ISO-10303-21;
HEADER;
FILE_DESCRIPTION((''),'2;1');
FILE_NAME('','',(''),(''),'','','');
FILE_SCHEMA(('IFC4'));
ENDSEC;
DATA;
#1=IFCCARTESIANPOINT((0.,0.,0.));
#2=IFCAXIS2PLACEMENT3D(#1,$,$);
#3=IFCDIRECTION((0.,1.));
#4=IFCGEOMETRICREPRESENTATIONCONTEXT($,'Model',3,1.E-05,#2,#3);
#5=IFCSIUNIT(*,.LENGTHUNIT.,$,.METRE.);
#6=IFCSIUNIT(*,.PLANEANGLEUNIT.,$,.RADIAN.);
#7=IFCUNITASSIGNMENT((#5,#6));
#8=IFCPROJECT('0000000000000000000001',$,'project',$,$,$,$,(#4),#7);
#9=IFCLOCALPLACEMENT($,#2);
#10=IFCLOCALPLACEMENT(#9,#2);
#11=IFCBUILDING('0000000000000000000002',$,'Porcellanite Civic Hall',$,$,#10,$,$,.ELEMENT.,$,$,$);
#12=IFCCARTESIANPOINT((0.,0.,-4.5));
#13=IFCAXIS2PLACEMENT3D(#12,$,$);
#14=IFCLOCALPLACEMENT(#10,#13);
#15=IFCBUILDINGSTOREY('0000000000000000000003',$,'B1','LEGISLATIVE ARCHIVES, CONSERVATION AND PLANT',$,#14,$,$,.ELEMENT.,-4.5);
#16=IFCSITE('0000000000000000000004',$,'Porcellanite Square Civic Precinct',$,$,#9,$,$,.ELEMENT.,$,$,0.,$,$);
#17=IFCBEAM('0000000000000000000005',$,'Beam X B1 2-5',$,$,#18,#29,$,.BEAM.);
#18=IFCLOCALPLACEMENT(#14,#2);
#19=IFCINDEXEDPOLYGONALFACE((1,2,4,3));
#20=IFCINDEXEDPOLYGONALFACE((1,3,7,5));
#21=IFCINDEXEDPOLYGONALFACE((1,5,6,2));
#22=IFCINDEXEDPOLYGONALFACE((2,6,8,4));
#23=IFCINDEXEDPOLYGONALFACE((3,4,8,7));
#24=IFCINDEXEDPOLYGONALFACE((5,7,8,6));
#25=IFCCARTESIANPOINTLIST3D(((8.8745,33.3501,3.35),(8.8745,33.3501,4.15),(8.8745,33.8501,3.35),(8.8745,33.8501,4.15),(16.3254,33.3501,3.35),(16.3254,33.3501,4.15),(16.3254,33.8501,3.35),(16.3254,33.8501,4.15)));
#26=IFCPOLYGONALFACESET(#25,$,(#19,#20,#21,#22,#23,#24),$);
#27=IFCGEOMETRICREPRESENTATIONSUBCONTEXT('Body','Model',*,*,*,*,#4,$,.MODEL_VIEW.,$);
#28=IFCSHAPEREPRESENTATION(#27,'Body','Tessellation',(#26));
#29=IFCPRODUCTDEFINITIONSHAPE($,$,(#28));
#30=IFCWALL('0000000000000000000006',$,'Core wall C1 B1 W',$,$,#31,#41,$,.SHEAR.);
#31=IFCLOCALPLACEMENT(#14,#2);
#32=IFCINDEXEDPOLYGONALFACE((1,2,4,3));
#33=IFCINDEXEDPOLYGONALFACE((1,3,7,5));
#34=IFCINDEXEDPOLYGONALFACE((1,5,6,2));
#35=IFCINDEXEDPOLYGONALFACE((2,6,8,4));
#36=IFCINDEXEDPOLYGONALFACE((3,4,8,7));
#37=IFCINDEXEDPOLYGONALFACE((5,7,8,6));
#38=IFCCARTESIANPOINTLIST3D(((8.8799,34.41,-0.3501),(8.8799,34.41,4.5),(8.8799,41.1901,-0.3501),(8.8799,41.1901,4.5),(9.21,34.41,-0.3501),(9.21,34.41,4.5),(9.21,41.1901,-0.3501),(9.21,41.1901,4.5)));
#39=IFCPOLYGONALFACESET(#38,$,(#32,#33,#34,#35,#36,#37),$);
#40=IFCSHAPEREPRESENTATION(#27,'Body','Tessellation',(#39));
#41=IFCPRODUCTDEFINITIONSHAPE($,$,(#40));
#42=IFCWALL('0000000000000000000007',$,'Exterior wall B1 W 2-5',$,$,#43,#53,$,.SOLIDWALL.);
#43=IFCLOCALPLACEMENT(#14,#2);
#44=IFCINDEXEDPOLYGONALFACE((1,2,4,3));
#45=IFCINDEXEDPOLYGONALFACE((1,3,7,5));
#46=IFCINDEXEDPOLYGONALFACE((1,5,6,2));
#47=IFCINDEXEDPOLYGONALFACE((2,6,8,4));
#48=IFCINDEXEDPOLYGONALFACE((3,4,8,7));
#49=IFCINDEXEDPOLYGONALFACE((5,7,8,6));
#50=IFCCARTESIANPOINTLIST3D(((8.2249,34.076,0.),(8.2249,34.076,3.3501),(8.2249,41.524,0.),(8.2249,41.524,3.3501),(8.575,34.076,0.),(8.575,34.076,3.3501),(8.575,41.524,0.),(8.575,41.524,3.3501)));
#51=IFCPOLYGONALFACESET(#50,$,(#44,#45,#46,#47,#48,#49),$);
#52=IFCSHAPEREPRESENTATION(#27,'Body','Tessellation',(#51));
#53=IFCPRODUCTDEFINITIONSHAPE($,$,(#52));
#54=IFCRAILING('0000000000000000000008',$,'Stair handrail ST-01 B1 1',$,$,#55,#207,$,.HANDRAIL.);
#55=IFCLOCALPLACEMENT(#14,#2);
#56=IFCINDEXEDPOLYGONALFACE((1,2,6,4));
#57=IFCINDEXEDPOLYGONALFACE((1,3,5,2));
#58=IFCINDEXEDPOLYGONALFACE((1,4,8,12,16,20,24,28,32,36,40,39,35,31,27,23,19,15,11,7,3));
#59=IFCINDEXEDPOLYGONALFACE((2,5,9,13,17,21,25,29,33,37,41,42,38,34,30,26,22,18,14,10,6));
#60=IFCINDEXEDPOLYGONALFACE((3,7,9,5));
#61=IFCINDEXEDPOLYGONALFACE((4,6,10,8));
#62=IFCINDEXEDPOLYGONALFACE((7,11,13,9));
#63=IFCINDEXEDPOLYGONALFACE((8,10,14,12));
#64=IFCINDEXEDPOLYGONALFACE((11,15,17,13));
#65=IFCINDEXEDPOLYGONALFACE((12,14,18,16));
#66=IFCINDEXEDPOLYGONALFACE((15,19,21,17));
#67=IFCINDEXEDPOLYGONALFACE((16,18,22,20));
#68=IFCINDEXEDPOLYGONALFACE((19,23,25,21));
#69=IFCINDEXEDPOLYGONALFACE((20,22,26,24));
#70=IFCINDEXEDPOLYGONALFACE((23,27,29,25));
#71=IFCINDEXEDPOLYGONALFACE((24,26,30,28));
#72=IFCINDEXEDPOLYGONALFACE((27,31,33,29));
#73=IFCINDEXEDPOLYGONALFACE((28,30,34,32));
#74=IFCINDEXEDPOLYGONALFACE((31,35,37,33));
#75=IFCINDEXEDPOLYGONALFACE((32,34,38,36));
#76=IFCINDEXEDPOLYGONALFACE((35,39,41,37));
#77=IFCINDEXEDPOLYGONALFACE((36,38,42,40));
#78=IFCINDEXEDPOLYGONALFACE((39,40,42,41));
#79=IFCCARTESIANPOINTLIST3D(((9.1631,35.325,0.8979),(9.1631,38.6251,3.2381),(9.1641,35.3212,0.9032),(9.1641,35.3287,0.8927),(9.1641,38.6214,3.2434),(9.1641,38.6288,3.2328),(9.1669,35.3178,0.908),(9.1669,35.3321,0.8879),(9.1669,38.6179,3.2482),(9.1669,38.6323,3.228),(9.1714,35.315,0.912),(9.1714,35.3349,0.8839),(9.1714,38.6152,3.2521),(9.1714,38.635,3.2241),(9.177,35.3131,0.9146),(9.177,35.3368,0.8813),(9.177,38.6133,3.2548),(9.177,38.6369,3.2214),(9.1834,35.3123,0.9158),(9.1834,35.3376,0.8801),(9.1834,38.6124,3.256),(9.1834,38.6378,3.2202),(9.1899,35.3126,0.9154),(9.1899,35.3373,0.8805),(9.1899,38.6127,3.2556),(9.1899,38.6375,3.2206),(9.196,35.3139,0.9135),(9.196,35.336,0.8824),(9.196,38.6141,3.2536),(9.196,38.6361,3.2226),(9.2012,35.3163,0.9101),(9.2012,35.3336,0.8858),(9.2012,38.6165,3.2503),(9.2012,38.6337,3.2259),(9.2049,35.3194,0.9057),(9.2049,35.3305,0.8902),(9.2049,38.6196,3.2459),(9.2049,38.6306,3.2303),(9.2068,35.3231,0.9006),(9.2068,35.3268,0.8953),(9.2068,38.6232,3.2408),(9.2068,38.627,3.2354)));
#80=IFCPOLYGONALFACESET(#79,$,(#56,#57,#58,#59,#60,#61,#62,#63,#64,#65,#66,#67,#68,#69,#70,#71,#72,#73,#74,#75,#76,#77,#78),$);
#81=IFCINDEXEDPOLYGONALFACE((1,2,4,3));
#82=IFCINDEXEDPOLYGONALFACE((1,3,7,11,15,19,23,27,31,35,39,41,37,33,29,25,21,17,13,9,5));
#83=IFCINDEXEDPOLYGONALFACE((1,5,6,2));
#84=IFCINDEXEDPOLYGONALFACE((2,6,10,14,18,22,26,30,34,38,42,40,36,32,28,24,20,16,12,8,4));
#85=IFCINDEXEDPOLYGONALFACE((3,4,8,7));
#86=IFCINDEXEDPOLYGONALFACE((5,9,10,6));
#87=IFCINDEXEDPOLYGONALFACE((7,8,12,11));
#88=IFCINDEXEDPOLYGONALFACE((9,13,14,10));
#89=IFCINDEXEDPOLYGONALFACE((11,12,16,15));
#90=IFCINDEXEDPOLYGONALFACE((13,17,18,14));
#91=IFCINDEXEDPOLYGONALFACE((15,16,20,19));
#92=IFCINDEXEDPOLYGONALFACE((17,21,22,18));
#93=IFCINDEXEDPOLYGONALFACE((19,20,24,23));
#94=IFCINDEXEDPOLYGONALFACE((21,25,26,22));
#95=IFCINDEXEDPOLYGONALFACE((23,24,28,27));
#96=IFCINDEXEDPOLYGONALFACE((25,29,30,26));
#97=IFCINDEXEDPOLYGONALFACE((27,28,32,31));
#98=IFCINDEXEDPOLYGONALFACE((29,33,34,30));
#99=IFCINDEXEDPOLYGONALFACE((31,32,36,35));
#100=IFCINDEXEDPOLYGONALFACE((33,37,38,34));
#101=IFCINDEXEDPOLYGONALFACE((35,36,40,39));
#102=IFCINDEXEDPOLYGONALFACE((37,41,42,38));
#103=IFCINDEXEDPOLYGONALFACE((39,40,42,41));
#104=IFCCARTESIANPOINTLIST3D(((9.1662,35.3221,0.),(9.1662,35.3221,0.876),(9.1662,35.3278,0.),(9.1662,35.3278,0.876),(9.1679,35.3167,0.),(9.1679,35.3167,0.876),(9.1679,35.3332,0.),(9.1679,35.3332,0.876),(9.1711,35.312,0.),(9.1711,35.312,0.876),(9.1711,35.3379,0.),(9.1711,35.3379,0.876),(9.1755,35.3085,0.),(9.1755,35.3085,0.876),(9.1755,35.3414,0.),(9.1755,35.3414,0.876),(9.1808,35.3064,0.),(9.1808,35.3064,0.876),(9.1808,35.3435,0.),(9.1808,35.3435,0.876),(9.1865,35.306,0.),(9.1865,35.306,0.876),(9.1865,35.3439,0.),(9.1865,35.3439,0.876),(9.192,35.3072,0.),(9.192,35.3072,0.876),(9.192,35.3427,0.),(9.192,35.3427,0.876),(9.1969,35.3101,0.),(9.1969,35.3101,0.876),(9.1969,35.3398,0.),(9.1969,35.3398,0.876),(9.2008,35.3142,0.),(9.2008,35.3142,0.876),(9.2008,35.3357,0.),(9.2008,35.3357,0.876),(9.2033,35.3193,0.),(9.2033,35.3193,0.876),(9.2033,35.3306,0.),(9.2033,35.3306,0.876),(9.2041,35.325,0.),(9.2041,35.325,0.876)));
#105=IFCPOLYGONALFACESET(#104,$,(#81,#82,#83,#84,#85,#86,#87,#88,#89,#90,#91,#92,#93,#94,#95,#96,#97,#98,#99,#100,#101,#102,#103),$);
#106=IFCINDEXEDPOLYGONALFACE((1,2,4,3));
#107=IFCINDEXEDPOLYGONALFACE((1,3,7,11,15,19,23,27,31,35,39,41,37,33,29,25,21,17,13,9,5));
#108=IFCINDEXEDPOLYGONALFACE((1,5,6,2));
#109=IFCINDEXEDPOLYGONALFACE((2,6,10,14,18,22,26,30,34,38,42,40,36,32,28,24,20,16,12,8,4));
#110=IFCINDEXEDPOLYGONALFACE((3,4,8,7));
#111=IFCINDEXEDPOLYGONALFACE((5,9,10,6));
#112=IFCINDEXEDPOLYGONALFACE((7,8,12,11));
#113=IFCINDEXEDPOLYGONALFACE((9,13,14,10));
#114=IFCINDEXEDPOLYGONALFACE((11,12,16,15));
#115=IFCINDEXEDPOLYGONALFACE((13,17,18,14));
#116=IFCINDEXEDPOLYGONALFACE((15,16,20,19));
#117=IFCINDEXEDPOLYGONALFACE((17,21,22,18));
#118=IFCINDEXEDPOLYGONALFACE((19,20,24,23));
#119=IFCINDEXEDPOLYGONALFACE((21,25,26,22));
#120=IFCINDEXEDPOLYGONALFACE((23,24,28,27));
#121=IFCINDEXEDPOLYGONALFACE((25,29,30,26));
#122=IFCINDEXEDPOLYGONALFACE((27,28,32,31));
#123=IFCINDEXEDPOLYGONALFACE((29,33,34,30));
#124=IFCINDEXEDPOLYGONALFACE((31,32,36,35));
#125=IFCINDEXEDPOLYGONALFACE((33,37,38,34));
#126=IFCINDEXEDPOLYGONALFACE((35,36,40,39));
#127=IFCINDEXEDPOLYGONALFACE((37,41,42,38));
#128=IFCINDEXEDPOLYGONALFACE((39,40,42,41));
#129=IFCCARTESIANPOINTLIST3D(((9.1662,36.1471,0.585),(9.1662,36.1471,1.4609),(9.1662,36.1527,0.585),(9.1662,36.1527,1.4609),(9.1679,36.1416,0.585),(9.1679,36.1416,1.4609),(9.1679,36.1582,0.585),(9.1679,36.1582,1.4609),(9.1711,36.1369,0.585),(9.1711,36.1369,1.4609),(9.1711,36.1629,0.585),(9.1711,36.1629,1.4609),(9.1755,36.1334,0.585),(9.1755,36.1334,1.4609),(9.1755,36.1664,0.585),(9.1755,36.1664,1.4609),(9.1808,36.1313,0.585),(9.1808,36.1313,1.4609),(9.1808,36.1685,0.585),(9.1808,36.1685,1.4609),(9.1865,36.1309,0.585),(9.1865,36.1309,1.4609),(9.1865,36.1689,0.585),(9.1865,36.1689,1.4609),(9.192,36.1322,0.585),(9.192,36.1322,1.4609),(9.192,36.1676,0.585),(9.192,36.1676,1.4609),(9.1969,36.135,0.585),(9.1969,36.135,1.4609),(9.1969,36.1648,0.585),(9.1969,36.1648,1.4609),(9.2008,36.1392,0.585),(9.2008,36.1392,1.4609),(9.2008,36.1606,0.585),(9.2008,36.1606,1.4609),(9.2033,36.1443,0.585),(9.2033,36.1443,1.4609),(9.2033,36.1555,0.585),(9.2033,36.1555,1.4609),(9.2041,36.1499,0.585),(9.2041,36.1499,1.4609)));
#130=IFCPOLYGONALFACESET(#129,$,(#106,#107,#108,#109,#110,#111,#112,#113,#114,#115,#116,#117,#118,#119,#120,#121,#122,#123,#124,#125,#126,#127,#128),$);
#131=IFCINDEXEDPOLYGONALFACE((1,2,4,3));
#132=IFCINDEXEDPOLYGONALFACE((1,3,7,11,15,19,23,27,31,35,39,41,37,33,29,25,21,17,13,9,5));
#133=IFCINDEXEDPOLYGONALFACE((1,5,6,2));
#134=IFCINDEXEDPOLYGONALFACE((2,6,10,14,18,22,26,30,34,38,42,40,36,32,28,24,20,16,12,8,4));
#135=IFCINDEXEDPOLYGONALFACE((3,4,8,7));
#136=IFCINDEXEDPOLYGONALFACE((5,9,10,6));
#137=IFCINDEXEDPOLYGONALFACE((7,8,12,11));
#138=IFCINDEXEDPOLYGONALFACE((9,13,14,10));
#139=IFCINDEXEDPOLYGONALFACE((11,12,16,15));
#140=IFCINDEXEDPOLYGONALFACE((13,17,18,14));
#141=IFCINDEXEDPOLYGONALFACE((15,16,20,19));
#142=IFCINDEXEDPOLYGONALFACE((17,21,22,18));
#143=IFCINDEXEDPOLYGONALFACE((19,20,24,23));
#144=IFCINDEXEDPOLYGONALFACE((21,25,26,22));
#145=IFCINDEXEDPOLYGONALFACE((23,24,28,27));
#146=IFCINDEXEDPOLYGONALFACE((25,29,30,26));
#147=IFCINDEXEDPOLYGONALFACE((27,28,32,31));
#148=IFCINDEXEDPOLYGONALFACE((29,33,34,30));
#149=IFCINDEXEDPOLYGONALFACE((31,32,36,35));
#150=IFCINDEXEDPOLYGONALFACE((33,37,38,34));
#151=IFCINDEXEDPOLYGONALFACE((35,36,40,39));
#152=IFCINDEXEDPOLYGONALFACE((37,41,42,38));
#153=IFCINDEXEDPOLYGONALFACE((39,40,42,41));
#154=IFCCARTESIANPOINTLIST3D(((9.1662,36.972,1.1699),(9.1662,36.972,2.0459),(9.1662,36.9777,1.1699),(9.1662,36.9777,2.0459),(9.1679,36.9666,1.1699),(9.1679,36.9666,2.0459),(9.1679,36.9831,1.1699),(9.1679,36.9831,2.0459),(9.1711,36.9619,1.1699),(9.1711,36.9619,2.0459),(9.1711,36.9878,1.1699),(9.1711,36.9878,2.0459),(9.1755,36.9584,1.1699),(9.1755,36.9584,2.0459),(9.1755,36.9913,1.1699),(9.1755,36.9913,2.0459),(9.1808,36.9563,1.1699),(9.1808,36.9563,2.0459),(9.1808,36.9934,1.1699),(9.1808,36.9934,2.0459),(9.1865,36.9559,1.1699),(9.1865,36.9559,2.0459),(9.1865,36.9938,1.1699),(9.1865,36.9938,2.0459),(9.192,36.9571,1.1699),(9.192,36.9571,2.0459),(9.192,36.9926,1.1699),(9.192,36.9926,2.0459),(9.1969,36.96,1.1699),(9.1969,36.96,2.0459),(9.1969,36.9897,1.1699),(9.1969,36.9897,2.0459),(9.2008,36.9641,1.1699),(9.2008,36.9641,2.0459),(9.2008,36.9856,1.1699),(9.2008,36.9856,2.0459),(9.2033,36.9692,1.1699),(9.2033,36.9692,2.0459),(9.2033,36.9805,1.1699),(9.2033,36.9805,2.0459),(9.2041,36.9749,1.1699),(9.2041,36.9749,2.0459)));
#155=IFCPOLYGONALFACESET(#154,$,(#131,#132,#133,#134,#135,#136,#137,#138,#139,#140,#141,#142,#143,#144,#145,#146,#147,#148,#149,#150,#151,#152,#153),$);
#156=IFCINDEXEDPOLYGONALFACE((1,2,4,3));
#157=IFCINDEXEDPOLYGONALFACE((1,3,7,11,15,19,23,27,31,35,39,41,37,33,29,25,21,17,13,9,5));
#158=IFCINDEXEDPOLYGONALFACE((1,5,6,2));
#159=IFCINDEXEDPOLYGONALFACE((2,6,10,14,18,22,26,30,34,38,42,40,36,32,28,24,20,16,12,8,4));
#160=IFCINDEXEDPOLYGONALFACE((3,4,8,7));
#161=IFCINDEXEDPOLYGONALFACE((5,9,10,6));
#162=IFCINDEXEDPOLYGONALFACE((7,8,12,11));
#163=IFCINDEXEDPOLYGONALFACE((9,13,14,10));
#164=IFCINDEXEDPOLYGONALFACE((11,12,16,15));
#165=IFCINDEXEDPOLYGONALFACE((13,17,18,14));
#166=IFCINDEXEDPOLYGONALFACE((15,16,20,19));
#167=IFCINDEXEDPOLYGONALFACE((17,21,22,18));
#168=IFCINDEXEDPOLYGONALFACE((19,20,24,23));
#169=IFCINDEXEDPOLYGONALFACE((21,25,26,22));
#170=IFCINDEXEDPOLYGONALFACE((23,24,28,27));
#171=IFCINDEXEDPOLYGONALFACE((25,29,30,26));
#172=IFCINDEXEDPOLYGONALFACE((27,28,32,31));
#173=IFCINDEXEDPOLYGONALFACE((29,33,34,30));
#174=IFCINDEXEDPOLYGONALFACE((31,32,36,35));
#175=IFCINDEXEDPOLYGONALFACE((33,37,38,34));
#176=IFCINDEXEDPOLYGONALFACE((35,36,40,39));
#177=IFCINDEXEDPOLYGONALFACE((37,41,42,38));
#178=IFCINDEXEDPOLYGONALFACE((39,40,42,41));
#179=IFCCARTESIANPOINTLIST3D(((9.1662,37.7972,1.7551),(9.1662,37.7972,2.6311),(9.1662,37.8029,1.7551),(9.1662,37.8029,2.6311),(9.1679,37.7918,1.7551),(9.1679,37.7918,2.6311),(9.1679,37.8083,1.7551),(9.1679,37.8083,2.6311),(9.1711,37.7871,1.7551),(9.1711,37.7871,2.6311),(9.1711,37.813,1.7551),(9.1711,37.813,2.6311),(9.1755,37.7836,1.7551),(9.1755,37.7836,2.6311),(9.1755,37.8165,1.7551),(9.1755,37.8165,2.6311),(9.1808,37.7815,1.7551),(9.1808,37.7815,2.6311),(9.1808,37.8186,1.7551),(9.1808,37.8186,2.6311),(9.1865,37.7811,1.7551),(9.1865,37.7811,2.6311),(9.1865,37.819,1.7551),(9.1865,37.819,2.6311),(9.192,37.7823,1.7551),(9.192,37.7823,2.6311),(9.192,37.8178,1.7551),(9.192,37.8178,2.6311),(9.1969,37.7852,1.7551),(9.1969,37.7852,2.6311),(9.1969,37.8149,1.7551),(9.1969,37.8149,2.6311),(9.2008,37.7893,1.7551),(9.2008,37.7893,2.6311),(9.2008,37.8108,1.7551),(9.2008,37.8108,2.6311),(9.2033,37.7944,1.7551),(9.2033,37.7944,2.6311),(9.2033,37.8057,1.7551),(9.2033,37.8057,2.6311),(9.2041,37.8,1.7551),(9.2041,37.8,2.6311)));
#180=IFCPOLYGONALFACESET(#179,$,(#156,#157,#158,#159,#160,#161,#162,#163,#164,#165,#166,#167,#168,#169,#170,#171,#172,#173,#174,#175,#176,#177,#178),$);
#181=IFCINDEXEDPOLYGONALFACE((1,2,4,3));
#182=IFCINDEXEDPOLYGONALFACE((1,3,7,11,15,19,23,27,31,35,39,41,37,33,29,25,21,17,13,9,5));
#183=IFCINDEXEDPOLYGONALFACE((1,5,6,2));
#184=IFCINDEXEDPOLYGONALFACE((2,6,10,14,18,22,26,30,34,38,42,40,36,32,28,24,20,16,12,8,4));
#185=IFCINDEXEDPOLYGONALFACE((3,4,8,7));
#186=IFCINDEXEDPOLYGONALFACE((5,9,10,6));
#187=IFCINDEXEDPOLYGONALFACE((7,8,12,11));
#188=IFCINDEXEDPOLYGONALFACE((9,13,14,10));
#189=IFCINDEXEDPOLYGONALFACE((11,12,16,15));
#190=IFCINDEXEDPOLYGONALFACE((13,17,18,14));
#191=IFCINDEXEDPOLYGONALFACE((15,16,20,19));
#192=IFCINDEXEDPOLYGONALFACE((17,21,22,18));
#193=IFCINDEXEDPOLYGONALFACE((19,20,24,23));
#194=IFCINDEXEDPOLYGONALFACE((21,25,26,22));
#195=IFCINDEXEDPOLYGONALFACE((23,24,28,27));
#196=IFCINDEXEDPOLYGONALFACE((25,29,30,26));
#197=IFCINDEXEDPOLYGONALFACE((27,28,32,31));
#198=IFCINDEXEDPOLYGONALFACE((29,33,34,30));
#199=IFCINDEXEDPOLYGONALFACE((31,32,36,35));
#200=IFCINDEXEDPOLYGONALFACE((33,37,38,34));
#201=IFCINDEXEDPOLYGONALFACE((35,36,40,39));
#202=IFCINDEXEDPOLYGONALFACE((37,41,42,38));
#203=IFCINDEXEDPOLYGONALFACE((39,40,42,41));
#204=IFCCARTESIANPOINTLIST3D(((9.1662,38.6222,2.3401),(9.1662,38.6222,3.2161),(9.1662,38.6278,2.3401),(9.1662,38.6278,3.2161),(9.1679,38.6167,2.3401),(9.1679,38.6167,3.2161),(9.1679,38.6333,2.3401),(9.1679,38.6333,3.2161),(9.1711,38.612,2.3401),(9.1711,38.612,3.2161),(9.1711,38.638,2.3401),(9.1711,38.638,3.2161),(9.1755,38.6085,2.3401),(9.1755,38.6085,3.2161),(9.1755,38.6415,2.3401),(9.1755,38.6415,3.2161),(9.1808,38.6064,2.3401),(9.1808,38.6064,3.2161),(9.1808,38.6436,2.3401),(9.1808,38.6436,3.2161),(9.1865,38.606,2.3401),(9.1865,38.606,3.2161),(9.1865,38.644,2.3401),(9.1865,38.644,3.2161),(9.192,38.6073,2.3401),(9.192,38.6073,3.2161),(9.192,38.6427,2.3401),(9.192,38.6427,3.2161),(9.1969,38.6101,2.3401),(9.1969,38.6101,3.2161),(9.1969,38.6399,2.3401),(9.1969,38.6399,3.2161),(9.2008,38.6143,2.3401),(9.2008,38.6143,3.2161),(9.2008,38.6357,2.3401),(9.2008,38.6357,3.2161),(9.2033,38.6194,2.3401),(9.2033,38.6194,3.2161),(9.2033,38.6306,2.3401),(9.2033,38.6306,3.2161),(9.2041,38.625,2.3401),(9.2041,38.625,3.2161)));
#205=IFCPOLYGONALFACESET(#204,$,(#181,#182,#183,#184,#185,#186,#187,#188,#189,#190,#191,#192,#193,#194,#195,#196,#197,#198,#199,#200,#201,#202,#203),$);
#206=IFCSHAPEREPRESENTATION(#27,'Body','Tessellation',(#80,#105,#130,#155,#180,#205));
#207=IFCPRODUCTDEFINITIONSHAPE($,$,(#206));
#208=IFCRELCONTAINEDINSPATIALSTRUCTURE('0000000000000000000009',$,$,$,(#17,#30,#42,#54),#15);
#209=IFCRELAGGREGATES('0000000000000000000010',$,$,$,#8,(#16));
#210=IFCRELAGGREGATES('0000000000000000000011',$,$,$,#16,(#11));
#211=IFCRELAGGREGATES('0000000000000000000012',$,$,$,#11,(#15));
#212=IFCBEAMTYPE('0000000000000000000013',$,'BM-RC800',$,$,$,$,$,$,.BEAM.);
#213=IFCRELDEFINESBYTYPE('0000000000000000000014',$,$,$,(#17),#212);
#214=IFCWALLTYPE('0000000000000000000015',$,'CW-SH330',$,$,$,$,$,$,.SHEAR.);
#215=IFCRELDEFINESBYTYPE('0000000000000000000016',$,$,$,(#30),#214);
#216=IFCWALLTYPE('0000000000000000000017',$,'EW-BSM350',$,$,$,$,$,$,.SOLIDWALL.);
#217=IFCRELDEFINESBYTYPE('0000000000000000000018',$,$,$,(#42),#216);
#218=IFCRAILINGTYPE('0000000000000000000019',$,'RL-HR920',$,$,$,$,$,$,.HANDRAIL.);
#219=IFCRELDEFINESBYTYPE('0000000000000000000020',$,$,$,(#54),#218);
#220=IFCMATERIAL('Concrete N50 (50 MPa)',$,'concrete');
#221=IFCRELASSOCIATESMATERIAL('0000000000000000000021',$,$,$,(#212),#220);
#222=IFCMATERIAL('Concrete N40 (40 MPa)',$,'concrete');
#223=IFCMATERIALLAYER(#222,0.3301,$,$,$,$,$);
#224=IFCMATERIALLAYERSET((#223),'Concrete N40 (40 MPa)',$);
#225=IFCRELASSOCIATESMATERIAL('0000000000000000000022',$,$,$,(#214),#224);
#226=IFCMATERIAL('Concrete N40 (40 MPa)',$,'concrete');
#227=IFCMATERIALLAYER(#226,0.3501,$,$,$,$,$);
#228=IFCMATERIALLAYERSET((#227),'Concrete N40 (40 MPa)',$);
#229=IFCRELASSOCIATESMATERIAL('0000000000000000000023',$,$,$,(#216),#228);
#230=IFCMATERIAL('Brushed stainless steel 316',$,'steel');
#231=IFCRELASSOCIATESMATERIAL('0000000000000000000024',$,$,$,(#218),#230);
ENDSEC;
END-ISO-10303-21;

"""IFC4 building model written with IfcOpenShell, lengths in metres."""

from ifc_helpers import new_model, si_unit, direction, frame, frame_2d, origin, origin_2d, place, context, subcontext, project, spatial, rectangle, circle, extrude, material, layer, layer_set, material_profile, profile_set, type_object, element, save


model = new_model("IFC4")

# Units and contexts
model_context = context("Model", 3, precision=1e-05, world=origin(), true_north=direction((0.0, 1.0)))
body_context = subcontext(model_context, "Body", "Model", "MODEL_VIEW")
ifc_project = project(units=[si_unit("LENGTHUNIT", "METRE"), si_unit("PLANEANGLEUNIT", "RADIAN")], contexts=[model_context])

# Site, building, storey
site_placement = place(None, origin())
site = spatial("IfcSite", under=ifc_project, at=site_placement, Name="Porcellanite Square Civic Precinct", CompositionType="ELEMENT", RefElevation=0.0)
building_placement = place(site_placement, origin())
building = spatial("IfcBuilding", under=site, at=building_placement, Name="Porcellanite Civic Hall", CompositionType="ELEMENT")
storey_placement = place(building_placement, frame((0.0, 0.0, -4.5)))
storey = spatial("IfcBuildingStorey", under=building, at=storey_placement, Name="B1", Description="LEGISLATIVE ARCHIVES, CONSERVATION AND PLANT", CompositionType="ELEMENT", Elevation=-4.5)

# Beam
ifc_material_1 = material(Name="Concrete N50 (50 MPa)", Category="concrete")
ifc_material_profile_1 = material_profile(ifc_material_1, rectangle(XDim=0.5, YDim=0.8, at=origin_2d()), Name="RC-500x800")
ifc_profile_set_1 = profile_set([ifc_material_profile_1], Name="Concrete N50 (50 MPa)")
beam_type_1 = type_object("IfcBeamType", Name="BM-RC800", PredefinedType="BEAM", material=ifc_profile_set_1)
beam_1_placement = place(storey_placement, frame((8.8745, 33.6001, 3.75), z_axis=(1.0, 0.0, 0.0), x_axis=(0.0, 1.0, 0.0)))
element("IfcBeam", 1, at=beam_1_placement, inside=storey, type_object=beam_type_1, Name="Beam X B1 2-5", PredefinedType="BEAM", context=body_context, shape_type="SweptSolid", body=[
    extrude(rectangle(XDim=0.5, YDim=0.8, at=origin_2d()), origin(), (0.0, 0.0, 1.0), 7.4509),
])

# Walls
ifc_material_2 = material(Name="Concrete N40 (40 MPa)", Category="concrete")
ifc_layer_1 = layer(ifc_material_2, 0.3301)
ifc_layer_set_1 = layer_set([ifc_layer_1], Name="Concrete N40 (40 MPa)")
wall_type_1 = type_object("IfcWallType", Name="CW-SH330", PredefinedType="SHEAR", material=ifc_layer_set_1)
wall_1_placement = place(storey_placement, frame((9.0449, 34.4099, -0.3501), z_axis=(0.0, 0.0, 1.0), x_axis=(0.0, 1.0, 0.0)))
element("IfcWall", 2, at=wall_1_placement, inside=storey, type_object=wall_type_1, Name="Core wall C1 B1 W", PredefinedType="SHEAR", context=body_context, shape_type="SweptSolid", body=[
    extrude(rectangle(XDim=6.78, YDim=0.3301, at=frame_2d((3.3901, 0.0))), origin(), (0.0, 0.0, 1.0), 4.8501),
])
ifc_material_3 = material(Name="Concrete N40 (40 MPa)", Category="concrete")
ifc_layer_2 = layer(ifc_material_3, 0.3501)
ifc_layer_set_2 = layer_set([ifc_layer_2], Name="Concrete N40 (40 MPa)")
wall_type_2 = type_object("IfcWallType", Name="EW-BSM350", PredefinedType="SOLIDWALL", material=ifc_layer_set_2)
wall_2_placement = place(storey_placement, frame((8.3999, 34.0759, 0.0), z_axis=(0.0, 0.0, 1.0), x_axis=(0.0, 1.0, 0.0)))
element("IfcWall", 3, at=wall_2_placement, inside=storey, type_object=wall_type_2, Name="Exterior wall B1 W 2-5", PredefinedType="SOLIDWALL", context=body_context, shape_type="SweptSolid", body=[
    extrude(rectangle(XDim=7.448, YDim=0.3501, at=frame_2d((3.7241, 0.0))), origin(), (0.0, 0.0, 1.0), 3.3501),
])

# Railing
ifc_material_4 = material(Name="Brushed stainless steel 316", Category="steel")
railing_type = type_object("IfcRailingType", Name="RL-HR920", PredefinedType="HANDRAIL", material=ifc_material_4)
railing_placement = place(storey_placement, frame((9.1851, 35.325, 0.0)))
element("IfcRailing", 4, at=railing_placement, inside=storey, type_object=railing_type, Name="Stair handrail ST-01 B1 1", PredefinedType="HANDRAIL", context=body_context, shape_type="SweptSolid", body=[
    extrude(circle(Radius=0.022, at=origin_2d()), frame((0.0, 0.0, 0.8979), z_axis=(0.0, 0.815727, 0.578438), x_axis=(-1.0, 0.0, 0.0)), (0.0, 0.0, 1.0), 4.0457),
    extrude(circle(Radius=0.019, at=origin_2d()), origin(), (0.0, 0.0, 1.0), 0.876),
    extrude(circle(Radius=0.019, at=origin_2d()), frame((0.0, 0.825, 0.585)), (0.0, 0.0, 1.0), 0.876),
    extrude(circle(Radius=0.019, at=origin_2d()), frame((0.0, 1.6499, 1.1699)), (0.0, 0.0, 1.0), 0.876),
    extrude(circle(Radius=0.019, at=origin_2d()), frame((0.0, 2.4751, 1.7551)), (0.0, 0.0, 1.0), 0.876),
    extrude(circle(Radius=0.019, at=origin_2d()), frame((0.0, 3.3, 2.3401)), (0.0, 0.0, 1.0), 0.876),
])

save(model, "model.ifc")
